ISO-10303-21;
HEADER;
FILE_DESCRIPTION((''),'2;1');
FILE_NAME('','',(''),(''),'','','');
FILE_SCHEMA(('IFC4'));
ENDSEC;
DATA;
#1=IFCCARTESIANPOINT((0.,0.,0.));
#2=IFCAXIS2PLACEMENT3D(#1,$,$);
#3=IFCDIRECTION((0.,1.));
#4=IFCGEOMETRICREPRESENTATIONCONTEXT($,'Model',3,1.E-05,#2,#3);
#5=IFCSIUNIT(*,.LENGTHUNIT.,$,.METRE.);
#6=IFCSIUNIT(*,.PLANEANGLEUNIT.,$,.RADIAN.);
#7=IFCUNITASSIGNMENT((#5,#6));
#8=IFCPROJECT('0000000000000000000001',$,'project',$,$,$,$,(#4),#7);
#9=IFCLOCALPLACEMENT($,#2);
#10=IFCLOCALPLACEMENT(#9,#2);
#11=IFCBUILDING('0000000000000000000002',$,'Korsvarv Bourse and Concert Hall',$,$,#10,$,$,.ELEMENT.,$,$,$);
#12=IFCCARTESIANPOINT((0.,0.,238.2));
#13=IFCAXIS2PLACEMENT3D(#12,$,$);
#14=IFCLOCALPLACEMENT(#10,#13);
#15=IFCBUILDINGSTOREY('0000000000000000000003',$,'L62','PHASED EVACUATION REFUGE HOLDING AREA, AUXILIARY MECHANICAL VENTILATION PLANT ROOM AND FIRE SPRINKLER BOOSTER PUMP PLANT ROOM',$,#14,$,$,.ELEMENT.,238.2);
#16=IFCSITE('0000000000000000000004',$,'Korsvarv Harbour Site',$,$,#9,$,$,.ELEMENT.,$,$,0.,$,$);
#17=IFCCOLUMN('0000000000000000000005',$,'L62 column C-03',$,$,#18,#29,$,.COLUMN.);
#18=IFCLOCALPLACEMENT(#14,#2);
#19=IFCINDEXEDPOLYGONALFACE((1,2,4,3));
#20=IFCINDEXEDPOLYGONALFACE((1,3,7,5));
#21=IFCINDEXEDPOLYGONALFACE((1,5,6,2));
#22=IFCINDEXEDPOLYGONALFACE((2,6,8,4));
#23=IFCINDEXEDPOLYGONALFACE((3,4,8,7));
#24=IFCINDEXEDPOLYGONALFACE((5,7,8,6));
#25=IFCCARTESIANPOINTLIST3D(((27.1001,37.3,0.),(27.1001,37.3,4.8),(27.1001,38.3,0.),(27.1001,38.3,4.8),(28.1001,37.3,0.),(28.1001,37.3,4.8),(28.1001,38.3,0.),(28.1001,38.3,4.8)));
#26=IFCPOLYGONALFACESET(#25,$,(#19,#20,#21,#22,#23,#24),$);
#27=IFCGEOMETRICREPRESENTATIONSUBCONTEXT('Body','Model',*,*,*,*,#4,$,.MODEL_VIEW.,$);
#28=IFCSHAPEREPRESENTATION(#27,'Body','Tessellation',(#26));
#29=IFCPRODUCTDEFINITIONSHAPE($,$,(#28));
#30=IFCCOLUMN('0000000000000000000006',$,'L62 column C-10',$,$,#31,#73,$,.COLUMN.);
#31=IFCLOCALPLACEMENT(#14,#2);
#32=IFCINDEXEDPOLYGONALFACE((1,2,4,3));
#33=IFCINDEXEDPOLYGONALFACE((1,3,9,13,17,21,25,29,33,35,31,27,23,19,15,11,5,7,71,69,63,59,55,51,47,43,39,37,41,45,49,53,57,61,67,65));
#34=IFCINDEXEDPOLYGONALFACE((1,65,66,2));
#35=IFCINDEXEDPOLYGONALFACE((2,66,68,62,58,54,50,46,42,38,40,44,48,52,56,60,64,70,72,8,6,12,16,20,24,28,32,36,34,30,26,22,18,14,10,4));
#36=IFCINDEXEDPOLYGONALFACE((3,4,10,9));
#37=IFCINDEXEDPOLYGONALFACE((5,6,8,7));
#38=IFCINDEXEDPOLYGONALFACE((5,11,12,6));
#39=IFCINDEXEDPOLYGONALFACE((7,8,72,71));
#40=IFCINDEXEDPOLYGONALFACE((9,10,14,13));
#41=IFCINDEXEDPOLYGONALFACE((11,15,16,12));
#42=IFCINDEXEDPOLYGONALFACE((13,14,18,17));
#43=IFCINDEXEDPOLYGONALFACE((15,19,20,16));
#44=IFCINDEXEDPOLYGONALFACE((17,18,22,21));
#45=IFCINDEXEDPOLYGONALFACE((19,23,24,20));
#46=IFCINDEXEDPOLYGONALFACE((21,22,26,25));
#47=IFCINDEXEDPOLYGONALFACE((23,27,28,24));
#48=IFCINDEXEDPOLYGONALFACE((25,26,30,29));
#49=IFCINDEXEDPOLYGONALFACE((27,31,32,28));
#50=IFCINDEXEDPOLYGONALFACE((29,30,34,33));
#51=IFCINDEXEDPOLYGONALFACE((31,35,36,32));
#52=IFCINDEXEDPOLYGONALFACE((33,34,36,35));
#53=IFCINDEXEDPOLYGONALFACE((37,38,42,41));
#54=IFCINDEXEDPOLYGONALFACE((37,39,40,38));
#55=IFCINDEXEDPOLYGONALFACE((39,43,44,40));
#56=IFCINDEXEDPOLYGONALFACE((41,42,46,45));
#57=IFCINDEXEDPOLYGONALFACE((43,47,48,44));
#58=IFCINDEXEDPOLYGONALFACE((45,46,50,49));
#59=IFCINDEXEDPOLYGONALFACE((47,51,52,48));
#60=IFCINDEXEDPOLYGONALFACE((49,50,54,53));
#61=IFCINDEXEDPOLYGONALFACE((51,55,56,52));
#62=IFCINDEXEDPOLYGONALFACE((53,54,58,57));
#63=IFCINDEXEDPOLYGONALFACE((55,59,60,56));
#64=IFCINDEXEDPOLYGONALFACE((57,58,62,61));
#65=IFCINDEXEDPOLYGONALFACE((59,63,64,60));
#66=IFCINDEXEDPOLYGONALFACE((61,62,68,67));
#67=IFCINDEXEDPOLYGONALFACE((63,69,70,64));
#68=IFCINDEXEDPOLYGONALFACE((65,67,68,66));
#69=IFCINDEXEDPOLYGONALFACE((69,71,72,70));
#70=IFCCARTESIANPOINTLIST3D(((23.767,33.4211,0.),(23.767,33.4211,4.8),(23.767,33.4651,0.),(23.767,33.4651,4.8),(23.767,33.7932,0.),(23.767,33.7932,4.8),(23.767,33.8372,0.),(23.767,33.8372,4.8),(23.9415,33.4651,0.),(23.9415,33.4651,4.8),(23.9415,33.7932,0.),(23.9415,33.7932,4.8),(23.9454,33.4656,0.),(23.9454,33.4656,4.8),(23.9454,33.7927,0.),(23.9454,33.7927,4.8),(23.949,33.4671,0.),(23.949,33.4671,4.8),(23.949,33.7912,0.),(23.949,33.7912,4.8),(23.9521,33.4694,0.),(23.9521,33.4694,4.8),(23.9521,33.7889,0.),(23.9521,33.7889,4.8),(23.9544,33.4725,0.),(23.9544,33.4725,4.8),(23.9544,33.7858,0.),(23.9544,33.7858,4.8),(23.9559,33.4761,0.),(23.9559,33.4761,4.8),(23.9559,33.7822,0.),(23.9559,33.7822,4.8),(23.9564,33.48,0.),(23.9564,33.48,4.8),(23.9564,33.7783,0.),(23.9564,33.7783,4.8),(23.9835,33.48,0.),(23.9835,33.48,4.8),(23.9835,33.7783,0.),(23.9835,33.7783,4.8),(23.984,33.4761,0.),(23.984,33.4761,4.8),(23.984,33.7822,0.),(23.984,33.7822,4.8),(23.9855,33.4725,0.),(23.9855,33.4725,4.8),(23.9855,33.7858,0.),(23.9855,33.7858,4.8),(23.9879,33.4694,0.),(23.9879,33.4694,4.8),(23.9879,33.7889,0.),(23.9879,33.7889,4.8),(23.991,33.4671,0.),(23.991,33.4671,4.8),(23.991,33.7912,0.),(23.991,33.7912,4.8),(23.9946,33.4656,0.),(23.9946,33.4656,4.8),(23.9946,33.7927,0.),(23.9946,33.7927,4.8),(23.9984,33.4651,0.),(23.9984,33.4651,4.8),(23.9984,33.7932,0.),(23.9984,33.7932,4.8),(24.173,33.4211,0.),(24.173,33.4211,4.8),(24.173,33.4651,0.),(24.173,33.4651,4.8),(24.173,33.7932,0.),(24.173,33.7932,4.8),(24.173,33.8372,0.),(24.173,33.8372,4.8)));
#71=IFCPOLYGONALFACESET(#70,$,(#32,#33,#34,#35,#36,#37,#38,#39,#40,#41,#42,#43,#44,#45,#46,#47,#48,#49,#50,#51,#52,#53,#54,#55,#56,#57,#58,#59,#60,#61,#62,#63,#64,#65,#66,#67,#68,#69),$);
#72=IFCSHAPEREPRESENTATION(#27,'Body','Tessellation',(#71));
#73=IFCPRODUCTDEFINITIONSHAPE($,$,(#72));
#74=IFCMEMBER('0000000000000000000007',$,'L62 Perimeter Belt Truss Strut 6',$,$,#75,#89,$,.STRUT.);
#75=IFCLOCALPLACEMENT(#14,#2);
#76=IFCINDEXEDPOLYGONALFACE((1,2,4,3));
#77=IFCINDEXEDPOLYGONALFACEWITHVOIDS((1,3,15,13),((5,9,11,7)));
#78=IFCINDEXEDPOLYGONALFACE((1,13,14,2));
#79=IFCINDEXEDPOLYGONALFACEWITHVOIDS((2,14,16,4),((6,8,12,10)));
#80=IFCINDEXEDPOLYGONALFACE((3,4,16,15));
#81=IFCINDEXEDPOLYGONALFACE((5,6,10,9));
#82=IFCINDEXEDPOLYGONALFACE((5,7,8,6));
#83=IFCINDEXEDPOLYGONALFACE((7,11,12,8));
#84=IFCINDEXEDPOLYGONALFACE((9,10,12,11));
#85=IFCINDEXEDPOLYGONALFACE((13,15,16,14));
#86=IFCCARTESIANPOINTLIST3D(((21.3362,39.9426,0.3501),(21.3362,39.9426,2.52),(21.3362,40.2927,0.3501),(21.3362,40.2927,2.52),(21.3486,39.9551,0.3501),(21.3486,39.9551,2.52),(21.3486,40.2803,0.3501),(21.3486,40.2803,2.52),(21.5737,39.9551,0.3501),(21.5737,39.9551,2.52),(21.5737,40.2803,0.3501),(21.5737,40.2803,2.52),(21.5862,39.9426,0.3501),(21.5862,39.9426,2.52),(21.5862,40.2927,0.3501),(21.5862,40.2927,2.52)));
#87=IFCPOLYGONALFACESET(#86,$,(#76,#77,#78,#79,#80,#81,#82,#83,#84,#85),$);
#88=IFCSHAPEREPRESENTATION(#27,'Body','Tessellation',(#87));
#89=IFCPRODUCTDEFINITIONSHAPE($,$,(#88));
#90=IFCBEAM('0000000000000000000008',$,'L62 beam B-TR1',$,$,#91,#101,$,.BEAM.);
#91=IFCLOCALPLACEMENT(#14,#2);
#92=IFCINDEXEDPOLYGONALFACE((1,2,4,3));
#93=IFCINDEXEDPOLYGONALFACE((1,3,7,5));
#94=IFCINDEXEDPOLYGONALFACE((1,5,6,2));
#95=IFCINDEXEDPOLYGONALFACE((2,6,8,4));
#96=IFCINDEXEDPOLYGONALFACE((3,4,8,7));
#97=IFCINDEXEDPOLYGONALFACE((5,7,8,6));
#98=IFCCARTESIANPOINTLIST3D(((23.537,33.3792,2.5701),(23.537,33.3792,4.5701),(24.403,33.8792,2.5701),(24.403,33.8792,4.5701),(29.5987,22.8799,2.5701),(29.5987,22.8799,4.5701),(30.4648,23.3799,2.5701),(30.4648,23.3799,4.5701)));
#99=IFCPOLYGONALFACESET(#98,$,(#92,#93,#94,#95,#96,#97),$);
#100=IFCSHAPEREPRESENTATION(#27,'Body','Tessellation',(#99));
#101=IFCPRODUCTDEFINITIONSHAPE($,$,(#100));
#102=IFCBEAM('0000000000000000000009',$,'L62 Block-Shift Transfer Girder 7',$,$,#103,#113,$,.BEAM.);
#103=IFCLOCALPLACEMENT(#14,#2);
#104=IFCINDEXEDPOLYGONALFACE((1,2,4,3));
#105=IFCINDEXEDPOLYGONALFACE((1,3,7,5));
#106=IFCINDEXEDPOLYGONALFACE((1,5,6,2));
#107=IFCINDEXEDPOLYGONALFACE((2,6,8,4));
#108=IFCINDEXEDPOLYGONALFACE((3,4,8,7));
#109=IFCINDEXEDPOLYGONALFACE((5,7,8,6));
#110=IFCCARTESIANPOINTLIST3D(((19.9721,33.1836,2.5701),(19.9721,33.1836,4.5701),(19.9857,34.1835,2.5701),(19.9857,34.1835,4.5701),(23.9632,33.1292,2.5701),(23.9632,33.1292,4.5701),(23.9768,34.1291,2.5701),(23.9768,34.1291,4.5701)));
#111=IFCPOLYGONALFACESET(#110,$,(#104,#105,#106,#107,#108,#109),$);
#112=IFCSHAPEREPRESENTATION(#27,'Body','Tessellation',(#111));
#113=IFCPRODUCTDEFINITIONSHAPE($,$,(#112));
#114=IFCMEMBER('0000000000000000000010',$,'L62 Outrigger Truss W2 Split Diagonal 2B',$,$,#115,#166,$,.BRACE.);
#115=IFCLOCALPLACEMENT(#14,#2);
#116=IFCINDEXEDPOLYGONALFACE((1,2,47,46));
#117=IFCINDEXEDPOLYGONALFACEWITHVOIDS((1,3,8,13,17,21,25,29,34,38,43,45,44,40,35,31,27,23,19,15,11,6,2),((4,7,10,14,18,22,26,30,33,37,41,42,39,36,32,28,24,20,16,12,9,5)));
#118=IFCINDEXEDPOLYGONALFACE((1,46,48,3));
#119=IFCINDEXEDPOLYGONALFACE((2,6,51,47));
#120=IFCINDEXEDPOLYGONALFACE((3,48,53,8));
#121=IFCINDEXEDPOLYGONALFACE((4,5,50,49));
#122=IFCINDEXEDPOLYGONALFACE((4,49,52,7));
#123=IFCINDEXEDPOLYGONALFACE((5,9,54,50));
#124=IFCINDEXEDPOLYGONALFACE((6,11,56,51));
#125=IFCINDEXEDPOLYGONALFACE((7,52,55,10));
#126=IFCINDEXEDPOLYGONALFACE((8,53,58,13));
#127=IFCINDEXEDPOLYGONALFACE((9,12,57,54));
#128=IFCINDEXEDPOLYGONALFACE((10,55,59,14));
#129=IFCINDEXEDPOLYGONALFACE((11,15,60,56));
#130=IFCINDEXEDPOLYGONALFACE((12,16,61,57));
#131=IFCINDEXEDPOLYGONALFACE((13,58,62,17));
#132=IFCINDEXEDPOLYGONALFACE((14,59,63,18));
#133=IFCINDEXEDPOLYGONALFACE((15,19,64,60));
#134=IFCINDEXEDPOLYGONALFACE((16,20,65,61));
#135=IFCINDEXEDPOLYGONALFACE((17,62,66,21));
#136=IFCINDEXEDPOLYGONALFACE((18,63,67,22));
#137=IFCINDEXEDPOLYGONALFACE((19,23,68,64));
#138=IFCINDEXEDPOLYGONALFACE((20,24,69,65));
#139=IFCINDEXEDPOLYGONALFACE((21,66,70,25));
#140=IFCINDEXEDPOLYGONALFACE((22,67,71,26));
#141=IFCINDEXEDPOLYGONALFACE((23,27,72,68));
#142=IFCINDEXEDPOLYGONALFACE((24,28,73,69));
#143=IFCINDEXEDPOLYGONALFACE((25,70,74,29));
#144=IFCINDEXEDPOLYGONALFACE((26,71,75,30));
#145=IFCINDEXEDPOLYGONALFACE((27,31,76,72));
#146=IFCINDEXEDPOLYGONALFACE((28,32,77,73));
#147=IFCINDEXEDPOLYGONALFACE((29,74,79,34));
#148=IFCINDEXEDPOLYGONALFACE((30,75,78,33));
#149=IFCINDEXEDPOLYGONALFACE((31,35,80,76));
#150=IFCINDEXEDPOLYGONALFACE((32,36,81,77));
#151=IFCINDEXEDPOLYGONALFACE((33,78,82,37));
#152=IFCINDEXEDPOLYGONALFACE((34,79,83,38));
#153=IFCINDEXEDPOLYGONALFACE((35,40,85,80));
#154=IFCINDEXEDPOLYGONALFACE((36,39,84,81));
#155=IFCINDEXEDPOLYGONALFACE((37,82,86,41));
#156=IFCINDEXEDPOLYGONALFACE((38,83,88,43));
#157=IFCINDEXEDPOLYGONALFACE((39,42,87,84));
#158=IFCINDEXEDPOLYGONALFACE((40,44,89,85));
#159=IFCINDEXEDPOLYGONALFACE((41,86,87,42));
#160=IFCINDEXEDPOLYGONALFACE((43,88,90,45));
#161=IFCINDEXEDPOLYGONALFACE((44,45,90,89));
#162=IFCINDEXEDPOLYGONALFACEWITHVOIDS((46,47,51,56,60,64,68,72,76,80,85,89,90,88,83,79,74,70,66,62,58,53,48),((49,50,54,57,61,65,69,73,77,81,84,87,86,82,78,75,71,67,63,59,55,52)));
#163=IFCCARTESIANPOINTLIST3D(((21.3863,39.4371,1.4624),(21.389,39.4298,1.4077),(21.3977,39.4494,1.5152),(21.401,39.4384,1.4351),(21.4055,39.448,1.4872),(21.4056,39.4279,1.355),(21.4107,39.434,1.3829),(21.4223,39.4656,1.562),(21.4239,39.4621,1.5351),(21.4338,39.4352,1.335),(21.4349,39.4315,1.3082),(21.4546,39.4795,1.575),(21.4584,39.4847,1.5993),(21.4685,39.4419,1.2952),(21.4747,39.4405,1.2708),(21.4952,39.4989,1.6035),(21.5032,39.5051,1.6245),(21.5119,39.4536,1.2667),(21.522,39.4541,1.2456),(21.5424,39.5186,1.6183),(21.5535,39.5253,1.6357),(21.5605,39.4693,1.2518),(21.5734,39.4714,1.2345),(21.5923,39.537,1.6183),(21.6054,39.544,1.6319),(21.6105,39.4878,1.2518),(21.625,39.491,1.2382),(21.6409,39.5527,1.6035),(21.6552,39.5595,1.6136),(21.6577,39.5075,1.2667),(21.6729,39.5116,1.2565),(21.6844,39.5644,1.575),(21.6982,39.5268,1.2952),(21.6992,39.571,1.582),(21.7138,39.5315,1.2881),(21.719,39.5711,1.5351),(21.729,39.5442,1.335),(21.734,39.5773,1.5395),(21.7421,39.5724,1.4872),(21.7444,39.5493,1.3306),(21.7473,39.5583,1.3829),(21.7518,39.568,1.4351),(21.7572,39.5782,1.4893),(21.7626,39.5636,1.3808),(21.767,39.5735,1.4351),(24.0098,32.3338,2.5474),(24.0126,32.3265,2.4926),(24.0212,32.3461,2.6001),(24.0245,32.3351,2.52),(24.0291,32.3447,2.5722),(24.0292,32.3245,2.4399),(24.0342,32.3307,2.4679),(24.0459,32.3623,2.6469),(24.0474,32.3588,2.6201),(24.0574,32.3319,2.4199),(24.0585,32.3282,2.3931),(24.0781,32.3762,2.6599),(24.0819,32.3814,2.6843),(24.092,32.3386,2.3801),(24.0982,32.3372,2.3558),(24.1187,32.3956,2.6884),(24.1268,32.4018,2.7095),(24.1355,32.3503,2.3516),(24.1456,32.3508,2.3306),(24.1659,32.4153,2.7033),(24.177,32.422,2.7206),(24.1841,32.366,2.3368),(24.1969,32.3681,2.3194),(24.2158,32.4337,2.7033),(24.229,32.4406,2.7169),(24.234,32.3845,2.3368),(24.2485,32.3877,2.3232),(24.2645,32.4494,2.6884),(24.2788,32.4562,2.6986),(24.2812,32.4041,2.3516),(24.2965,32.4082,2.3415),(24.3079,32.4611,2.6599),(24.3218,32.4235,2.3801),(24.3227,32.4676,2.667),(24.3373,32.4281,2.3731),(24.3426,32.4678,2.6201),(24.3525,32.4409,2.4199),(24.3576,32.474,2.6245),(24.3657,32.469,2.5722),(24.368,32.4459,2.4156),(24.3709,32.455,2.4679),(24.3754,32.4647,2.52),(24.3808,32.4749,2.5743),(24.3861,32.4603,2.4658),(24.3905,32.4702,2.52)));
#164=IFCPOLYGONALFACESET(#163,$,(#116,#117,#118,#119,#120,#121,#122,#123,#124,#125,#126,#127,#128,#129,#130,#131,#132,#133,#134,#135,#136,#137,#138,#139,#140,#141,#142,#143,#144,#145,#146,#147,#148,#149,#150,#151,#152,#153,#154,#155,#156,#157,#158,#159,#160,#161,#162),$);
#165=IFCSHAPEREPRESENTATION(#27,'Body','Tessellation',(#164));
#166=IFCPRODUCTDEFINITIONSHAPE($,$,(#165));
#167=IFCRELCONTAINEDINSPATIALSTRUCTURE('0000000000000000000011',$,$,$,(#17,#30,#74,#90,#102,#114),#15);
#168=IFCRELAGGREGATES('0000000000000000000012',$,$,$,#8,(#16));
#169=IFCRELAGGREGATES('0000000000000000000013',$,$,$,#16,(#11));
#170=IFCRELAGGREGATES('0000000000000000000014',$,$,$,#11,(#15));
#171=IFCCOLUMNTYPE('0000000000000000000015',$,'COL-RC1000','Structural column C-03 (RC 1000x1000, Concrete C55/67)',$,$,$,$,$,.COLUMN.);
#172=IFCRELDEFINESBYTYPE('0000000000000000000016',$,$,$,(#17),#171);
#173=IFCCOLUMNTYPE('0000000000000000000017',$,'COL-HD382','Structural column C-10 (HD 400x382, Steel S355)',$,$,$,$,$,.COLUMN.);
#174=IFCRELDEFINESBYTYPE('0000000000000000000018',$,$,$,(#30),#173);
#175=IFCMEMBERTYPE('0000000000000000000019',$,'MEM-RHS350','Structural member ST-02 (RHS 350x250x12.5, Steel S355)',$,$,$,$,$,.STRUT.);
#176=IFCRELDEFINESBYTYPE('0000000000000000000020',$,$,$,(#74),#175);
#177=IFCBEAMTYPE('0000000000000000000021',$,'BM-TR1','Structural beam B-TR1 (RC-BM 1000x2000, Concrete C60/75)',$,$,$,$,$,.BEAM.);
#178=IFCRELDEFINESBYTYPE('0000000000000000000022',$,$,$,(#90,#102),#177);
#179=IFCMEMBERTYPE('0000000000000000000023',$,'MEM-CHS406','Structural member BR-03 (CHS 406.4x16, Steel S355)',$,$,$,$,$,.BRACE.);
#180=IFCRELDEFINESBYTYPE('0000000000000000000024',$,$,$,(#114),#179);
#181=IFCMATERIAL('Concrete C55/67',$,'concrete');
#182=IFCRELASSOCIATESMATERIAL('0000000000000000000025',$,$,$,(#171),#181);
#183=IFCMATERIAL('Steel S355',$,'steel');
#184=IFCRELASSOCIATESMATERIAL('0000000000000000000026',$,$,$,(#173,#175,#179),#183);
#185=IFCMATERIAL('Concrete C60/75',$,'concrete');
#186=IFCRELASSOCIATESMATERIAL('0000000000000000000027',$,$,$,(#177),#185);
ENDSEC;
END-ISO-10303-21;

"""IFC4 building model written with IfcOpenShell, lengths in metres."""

from ifc_helpers import new_model, si_unit, direction, frame, origin, origin_2d, place, context, subcontext, project, spatial, rectangle, hollow_rectangle, hollow_circle, i_section, extrude, source, transform, mapped, material, material_profile, profile_set, type_object, element, save


model = new_model("IFC4")

# Units and contexts
model_context = context("Model", 3, precision=1e-05, world=origin(), true_north=direction((0.0, 1.0)))
body_context = subcontext(model_context, "Body", "Model", "MODEL_VIEW")
ifc_project = project(units=[si_unit("LENGTHUNIT", "METRE"), si_unit("PLANEANGLEUNIT", "RADIAN")], contexts=[model_context])

# Site, building, storey
site_placement = place(None, origin())
site = spatial("IfcSite", under=ifc_project, at=site_placement, Name="Korsvarv Harbour Site", CompositionType="ELEMENT", RefElevation=0.0)
building_placement = place(site_placement, origin())
building = spatial("IfcBuilding", under=site, at=building_placement, Name="Korsvarv Bourse and Concert Hall", CompositionType="ELEMENT")
storey_placement = place(building_placement, frame((0.0, 0.0, 238.2)))
storey = spatial("IfcBuildingStorey", under=building, at=storey_placement, Name="L62", Description="PHASED EVACUATION REFUGE HOLDING AREA, AUXILIARY MECHANICAL VENTILATION PLANT ROOM AND FIRE SPRINKLER BOOSTER PUMP PLANT ROOM", CompositionType="ELEMENT", Elevation=238.2)

# Columns
ifc_material_1 = material(Name="Concrete C55/67", Category="concrete")
ifc_material_profile_1 = material_profile(ifc_material_1, rectangle(XDim=1.0, YDim=1.0, at=origin_2d()), Name="RC 1000x1000")
ifc_profile_set_1 = profile_set([ifc_material_profile_1], Name="Concrete C55/67")
column_type_1 = type_object("IfcColumnType", Name="COL-RC1000", Description="Structural column C-03 (RC 1000x1000, Concrete C55/67)", PredefinedType="COLUMN", material=ifc_profile_set_1)
shared_shape_1 = source(origin(), body_context, "Body", "SweptSolid", [
    extrude(rectangle(XDim=1.0, YDim=1.0, at=origin_2d()), origin(), (0.0, 0.0, 1.0), 4.8),
])
column_1_placement = place(storey_placement, frame((27.6001, 37.8, 0.0), z_axis=(0.0, 0.0, 1.0), x_axis=(1.0, 0.0, 0.0)))
element("IfcColumn", 1, at=column_1_placement, inside=storey, type_object=column_type_1, Name="L62 column C-03", PredefinedType="COLUMN", context=body_context, shape_type="MappedRepresentation", body=[
    mapped(shared_shape_1, transform((0.0, 0.0, 0.0), scale=1.0)),
])
ifc_material_2 = material(Name="Steel S355", Category="steel")
ifc_material_profile_2 = material_profile(ifc_material_2, i_section(OverallWidth=0.406, OverallDepth=0.416, WebThickness=0.0271, FlangeThickness=0.0439, FilletRadius=0.0149, at=origin_2d()), Name="HD 400x382")
ifc_profile_set_2 = profile_set([ifc_material_profile_2], Name="Steel S355")
column_type_2 = type_object("IfcColumnType", Name="COL-HD382", Description="Structural column C-10 (HD 400x382, Steel S355)", PredefinedType="COLUMN", material=ifc_profile_set_2)
shared_shape_2 = source(origin(), body_context, "Body", "SweptSolid", [
    extrude(i_section(OverallWidth=0.406, OverallDepth=0.416, WebThickness=0.0271, FlangeThickness=0.0439, FilletRadius=0.0149, at=origin_2d()), origin(), (0.0, 0.0, 1.0), 4.8),
])
column_2_placement = place(storey_placement, frame((23.97, 33.6292, 0.0), z_axis=(0.0, 0.0, 1.0), x_axis=(1.0, 0.0, 0.0)))
element("IfcColumn", 2, at=column_2_placement, inside=storey, type_object=column_type_2, Name="L62 column C-10", PredefinedType="COLUMN", context=body_context, shape_type="MappedRepresentation", body=[
    mapped(shared_shape_2, transform((0.0, 0.0, 0.0), scale=1.0)),
])

# Member
ifc_material_profile_3 = material_profile(ifc_material_2, hollow_rectangle(XDim=0.25, YDim=0.3501, WallThickness=0.0125, at=origin_2d()), Name="RHS 350x250x12.5")
ifc_profile_set_3 = profile_set([ifc_material_profile_3], Name="Steel S355")
member_type_1 = type_object("IfcMemberType", Name="MEM-RHS350", Description="Structural member ST-02 (RHS 350x250x12.5, Steel S355)", PredefinedType="STRUT", material=ifc_profile_set_3)
shared_shape_3 = source(origin(), body_context, "Body", "SweptSolid", [
    extrude(hollow_rectangle(XDim=0.25, YDim=0.3501, WallThickness=0.0125, at=origin_2d()), origin(), (0.0, 0.0, 1.0), 2.1699),
])
member_1_placement = place(storey_placement, frame((21.4612, 40.1177, 0.3501), z_axis=(0.0, 0.0, 1.0), x_axis=(1.0, 0.0, 0.0)))
element("IfcMember", 3, at=member_1_placement, inside=storey, type_object=member_type_1, Name="L62 Perimeter Belt Truss Strut 6", PredefinedType="STRUT", context=body_context, shape_type="MappedRepresentation", body=[
    mapped(shared_shape_3, transform((0.0, 0.0, 0.0), scale=1.0)),
])

# Beams
ifc_material_3 = material(Name="Concrete C60/75", Category="concrete")
ifc_material_profile_4 = material_profile(ifc_material_3, rectangle(XDim=1.0, YDim=2.0, at=origin_2d()), Name="RC-BM 1000x2000")
ifc_profile_set_4 = profile_set([ifc_material_profile_4], Name="Concrete C60/75")
beam_type = type_object("IfcBeamType", Name="BM-TR1", Description="Structural beam B-TR1 (RC-BM 1000x2000, Concrete C60/75)", PredefinedType="BEAM", material=ifc_profile_set_4)
shared_shape_4 = source(origin(), body_context, "Body", "SweptSolid", [
    extrude(rectangle(XDim=1.0, YDim=2.0, at=origin_2d()), origin(), (0.0, 0.0, 1.0), 12.1235),
])
beam_1_placement = place(storey_placement, frame((23.97, 33.6292, 3.5701), z_axis=(0.500001, -0.866025, 0.0), x_axis=(0.866025, 0.500001, 0.0)))
element("IfcBeam", 4, at=beam_1_placement, inside=storey, type_object=beam_type, Name="L62 beam B-TR1", PredefinedType="BEAM", context=body_context, shape_type="MappedRepresentation", body=[
    mapped(shared_shape_4, transform((0.0, 0.0, 0.0), scale=1.0)),
])
shared_shape_5 = source(origin(), body_context, "Body", "SweptSolid", [
    extrude(rectangle(XDim=1.0, YDim=2.0, at=origin_2d()), origin(), (0.0, 0.0, 1.0), 3.9915),
])
beam_2_placement = place(storey_placement, frame((23.97, 33.6292, 3.5701), z_axis=(-0.999907, 0.01364, 0.0), x_axis=(-0.01364, -0.999907, 0.0)))
element("IfcBeam", 5, at=beam_2_placement, inside=storey, type_object=beam_type, Name="L62 Block-Shift Transfer Girder 7", PredefinedType="BEAM", context=body_context, shape_type="MappedRepresentation", body=[
    mapped(shared_shape_5, transform((0.0, 0.0, 0.0), scale=1.0)),
])

# Member
ifc_material_profile_5 = material_profile(ifc_material_2, hollow_circle(Radius=0.2031, WallThickness=0.0161, at=origin_2d()), Name="CHS 406.4x16")
ifc_profile_set_5 = profile_set([ifc_material_profile_5], Name="Steel S355")
member_type_2 = type_object("IfcMemberType", Name="MEM-CHS406", Description="Structural member BR-03 (CHS 406.4x16, Steel S355)", PredefinedType="BRACE", material=ifc_profile_set_5)
shared_shape_6 = source(origin(), body_context, "Body", "SweptSolid", [
    extrude(hollow_circle(Radius=0.2031, WallThickness=0.0161, at=origin_2d()), origin(), (0.0, 0.0, 1.0), 7.6497),
])
member_2_placement = place(storey_placement, frame((21.5764, 39.5032, 1.4351), z_axis=(0.342963, -0.928579, 0.141832), x_axis=(0.938063, 0.346466, 0.0)))
element("IfcMember", 6, at=member_2_placement, inside=storey, type_object=member_type_2, Name="L62 Outrigger Truss W2 Split Diagonal 2B", PredefinedType="BRACE", context=body_context, shape_type="MappedRepresentation", body=[
    mapped(shared_shape_6, transform((0.0, 0.0, 0.0), scale=1.0)),
])

save(model, "model.ifc")
